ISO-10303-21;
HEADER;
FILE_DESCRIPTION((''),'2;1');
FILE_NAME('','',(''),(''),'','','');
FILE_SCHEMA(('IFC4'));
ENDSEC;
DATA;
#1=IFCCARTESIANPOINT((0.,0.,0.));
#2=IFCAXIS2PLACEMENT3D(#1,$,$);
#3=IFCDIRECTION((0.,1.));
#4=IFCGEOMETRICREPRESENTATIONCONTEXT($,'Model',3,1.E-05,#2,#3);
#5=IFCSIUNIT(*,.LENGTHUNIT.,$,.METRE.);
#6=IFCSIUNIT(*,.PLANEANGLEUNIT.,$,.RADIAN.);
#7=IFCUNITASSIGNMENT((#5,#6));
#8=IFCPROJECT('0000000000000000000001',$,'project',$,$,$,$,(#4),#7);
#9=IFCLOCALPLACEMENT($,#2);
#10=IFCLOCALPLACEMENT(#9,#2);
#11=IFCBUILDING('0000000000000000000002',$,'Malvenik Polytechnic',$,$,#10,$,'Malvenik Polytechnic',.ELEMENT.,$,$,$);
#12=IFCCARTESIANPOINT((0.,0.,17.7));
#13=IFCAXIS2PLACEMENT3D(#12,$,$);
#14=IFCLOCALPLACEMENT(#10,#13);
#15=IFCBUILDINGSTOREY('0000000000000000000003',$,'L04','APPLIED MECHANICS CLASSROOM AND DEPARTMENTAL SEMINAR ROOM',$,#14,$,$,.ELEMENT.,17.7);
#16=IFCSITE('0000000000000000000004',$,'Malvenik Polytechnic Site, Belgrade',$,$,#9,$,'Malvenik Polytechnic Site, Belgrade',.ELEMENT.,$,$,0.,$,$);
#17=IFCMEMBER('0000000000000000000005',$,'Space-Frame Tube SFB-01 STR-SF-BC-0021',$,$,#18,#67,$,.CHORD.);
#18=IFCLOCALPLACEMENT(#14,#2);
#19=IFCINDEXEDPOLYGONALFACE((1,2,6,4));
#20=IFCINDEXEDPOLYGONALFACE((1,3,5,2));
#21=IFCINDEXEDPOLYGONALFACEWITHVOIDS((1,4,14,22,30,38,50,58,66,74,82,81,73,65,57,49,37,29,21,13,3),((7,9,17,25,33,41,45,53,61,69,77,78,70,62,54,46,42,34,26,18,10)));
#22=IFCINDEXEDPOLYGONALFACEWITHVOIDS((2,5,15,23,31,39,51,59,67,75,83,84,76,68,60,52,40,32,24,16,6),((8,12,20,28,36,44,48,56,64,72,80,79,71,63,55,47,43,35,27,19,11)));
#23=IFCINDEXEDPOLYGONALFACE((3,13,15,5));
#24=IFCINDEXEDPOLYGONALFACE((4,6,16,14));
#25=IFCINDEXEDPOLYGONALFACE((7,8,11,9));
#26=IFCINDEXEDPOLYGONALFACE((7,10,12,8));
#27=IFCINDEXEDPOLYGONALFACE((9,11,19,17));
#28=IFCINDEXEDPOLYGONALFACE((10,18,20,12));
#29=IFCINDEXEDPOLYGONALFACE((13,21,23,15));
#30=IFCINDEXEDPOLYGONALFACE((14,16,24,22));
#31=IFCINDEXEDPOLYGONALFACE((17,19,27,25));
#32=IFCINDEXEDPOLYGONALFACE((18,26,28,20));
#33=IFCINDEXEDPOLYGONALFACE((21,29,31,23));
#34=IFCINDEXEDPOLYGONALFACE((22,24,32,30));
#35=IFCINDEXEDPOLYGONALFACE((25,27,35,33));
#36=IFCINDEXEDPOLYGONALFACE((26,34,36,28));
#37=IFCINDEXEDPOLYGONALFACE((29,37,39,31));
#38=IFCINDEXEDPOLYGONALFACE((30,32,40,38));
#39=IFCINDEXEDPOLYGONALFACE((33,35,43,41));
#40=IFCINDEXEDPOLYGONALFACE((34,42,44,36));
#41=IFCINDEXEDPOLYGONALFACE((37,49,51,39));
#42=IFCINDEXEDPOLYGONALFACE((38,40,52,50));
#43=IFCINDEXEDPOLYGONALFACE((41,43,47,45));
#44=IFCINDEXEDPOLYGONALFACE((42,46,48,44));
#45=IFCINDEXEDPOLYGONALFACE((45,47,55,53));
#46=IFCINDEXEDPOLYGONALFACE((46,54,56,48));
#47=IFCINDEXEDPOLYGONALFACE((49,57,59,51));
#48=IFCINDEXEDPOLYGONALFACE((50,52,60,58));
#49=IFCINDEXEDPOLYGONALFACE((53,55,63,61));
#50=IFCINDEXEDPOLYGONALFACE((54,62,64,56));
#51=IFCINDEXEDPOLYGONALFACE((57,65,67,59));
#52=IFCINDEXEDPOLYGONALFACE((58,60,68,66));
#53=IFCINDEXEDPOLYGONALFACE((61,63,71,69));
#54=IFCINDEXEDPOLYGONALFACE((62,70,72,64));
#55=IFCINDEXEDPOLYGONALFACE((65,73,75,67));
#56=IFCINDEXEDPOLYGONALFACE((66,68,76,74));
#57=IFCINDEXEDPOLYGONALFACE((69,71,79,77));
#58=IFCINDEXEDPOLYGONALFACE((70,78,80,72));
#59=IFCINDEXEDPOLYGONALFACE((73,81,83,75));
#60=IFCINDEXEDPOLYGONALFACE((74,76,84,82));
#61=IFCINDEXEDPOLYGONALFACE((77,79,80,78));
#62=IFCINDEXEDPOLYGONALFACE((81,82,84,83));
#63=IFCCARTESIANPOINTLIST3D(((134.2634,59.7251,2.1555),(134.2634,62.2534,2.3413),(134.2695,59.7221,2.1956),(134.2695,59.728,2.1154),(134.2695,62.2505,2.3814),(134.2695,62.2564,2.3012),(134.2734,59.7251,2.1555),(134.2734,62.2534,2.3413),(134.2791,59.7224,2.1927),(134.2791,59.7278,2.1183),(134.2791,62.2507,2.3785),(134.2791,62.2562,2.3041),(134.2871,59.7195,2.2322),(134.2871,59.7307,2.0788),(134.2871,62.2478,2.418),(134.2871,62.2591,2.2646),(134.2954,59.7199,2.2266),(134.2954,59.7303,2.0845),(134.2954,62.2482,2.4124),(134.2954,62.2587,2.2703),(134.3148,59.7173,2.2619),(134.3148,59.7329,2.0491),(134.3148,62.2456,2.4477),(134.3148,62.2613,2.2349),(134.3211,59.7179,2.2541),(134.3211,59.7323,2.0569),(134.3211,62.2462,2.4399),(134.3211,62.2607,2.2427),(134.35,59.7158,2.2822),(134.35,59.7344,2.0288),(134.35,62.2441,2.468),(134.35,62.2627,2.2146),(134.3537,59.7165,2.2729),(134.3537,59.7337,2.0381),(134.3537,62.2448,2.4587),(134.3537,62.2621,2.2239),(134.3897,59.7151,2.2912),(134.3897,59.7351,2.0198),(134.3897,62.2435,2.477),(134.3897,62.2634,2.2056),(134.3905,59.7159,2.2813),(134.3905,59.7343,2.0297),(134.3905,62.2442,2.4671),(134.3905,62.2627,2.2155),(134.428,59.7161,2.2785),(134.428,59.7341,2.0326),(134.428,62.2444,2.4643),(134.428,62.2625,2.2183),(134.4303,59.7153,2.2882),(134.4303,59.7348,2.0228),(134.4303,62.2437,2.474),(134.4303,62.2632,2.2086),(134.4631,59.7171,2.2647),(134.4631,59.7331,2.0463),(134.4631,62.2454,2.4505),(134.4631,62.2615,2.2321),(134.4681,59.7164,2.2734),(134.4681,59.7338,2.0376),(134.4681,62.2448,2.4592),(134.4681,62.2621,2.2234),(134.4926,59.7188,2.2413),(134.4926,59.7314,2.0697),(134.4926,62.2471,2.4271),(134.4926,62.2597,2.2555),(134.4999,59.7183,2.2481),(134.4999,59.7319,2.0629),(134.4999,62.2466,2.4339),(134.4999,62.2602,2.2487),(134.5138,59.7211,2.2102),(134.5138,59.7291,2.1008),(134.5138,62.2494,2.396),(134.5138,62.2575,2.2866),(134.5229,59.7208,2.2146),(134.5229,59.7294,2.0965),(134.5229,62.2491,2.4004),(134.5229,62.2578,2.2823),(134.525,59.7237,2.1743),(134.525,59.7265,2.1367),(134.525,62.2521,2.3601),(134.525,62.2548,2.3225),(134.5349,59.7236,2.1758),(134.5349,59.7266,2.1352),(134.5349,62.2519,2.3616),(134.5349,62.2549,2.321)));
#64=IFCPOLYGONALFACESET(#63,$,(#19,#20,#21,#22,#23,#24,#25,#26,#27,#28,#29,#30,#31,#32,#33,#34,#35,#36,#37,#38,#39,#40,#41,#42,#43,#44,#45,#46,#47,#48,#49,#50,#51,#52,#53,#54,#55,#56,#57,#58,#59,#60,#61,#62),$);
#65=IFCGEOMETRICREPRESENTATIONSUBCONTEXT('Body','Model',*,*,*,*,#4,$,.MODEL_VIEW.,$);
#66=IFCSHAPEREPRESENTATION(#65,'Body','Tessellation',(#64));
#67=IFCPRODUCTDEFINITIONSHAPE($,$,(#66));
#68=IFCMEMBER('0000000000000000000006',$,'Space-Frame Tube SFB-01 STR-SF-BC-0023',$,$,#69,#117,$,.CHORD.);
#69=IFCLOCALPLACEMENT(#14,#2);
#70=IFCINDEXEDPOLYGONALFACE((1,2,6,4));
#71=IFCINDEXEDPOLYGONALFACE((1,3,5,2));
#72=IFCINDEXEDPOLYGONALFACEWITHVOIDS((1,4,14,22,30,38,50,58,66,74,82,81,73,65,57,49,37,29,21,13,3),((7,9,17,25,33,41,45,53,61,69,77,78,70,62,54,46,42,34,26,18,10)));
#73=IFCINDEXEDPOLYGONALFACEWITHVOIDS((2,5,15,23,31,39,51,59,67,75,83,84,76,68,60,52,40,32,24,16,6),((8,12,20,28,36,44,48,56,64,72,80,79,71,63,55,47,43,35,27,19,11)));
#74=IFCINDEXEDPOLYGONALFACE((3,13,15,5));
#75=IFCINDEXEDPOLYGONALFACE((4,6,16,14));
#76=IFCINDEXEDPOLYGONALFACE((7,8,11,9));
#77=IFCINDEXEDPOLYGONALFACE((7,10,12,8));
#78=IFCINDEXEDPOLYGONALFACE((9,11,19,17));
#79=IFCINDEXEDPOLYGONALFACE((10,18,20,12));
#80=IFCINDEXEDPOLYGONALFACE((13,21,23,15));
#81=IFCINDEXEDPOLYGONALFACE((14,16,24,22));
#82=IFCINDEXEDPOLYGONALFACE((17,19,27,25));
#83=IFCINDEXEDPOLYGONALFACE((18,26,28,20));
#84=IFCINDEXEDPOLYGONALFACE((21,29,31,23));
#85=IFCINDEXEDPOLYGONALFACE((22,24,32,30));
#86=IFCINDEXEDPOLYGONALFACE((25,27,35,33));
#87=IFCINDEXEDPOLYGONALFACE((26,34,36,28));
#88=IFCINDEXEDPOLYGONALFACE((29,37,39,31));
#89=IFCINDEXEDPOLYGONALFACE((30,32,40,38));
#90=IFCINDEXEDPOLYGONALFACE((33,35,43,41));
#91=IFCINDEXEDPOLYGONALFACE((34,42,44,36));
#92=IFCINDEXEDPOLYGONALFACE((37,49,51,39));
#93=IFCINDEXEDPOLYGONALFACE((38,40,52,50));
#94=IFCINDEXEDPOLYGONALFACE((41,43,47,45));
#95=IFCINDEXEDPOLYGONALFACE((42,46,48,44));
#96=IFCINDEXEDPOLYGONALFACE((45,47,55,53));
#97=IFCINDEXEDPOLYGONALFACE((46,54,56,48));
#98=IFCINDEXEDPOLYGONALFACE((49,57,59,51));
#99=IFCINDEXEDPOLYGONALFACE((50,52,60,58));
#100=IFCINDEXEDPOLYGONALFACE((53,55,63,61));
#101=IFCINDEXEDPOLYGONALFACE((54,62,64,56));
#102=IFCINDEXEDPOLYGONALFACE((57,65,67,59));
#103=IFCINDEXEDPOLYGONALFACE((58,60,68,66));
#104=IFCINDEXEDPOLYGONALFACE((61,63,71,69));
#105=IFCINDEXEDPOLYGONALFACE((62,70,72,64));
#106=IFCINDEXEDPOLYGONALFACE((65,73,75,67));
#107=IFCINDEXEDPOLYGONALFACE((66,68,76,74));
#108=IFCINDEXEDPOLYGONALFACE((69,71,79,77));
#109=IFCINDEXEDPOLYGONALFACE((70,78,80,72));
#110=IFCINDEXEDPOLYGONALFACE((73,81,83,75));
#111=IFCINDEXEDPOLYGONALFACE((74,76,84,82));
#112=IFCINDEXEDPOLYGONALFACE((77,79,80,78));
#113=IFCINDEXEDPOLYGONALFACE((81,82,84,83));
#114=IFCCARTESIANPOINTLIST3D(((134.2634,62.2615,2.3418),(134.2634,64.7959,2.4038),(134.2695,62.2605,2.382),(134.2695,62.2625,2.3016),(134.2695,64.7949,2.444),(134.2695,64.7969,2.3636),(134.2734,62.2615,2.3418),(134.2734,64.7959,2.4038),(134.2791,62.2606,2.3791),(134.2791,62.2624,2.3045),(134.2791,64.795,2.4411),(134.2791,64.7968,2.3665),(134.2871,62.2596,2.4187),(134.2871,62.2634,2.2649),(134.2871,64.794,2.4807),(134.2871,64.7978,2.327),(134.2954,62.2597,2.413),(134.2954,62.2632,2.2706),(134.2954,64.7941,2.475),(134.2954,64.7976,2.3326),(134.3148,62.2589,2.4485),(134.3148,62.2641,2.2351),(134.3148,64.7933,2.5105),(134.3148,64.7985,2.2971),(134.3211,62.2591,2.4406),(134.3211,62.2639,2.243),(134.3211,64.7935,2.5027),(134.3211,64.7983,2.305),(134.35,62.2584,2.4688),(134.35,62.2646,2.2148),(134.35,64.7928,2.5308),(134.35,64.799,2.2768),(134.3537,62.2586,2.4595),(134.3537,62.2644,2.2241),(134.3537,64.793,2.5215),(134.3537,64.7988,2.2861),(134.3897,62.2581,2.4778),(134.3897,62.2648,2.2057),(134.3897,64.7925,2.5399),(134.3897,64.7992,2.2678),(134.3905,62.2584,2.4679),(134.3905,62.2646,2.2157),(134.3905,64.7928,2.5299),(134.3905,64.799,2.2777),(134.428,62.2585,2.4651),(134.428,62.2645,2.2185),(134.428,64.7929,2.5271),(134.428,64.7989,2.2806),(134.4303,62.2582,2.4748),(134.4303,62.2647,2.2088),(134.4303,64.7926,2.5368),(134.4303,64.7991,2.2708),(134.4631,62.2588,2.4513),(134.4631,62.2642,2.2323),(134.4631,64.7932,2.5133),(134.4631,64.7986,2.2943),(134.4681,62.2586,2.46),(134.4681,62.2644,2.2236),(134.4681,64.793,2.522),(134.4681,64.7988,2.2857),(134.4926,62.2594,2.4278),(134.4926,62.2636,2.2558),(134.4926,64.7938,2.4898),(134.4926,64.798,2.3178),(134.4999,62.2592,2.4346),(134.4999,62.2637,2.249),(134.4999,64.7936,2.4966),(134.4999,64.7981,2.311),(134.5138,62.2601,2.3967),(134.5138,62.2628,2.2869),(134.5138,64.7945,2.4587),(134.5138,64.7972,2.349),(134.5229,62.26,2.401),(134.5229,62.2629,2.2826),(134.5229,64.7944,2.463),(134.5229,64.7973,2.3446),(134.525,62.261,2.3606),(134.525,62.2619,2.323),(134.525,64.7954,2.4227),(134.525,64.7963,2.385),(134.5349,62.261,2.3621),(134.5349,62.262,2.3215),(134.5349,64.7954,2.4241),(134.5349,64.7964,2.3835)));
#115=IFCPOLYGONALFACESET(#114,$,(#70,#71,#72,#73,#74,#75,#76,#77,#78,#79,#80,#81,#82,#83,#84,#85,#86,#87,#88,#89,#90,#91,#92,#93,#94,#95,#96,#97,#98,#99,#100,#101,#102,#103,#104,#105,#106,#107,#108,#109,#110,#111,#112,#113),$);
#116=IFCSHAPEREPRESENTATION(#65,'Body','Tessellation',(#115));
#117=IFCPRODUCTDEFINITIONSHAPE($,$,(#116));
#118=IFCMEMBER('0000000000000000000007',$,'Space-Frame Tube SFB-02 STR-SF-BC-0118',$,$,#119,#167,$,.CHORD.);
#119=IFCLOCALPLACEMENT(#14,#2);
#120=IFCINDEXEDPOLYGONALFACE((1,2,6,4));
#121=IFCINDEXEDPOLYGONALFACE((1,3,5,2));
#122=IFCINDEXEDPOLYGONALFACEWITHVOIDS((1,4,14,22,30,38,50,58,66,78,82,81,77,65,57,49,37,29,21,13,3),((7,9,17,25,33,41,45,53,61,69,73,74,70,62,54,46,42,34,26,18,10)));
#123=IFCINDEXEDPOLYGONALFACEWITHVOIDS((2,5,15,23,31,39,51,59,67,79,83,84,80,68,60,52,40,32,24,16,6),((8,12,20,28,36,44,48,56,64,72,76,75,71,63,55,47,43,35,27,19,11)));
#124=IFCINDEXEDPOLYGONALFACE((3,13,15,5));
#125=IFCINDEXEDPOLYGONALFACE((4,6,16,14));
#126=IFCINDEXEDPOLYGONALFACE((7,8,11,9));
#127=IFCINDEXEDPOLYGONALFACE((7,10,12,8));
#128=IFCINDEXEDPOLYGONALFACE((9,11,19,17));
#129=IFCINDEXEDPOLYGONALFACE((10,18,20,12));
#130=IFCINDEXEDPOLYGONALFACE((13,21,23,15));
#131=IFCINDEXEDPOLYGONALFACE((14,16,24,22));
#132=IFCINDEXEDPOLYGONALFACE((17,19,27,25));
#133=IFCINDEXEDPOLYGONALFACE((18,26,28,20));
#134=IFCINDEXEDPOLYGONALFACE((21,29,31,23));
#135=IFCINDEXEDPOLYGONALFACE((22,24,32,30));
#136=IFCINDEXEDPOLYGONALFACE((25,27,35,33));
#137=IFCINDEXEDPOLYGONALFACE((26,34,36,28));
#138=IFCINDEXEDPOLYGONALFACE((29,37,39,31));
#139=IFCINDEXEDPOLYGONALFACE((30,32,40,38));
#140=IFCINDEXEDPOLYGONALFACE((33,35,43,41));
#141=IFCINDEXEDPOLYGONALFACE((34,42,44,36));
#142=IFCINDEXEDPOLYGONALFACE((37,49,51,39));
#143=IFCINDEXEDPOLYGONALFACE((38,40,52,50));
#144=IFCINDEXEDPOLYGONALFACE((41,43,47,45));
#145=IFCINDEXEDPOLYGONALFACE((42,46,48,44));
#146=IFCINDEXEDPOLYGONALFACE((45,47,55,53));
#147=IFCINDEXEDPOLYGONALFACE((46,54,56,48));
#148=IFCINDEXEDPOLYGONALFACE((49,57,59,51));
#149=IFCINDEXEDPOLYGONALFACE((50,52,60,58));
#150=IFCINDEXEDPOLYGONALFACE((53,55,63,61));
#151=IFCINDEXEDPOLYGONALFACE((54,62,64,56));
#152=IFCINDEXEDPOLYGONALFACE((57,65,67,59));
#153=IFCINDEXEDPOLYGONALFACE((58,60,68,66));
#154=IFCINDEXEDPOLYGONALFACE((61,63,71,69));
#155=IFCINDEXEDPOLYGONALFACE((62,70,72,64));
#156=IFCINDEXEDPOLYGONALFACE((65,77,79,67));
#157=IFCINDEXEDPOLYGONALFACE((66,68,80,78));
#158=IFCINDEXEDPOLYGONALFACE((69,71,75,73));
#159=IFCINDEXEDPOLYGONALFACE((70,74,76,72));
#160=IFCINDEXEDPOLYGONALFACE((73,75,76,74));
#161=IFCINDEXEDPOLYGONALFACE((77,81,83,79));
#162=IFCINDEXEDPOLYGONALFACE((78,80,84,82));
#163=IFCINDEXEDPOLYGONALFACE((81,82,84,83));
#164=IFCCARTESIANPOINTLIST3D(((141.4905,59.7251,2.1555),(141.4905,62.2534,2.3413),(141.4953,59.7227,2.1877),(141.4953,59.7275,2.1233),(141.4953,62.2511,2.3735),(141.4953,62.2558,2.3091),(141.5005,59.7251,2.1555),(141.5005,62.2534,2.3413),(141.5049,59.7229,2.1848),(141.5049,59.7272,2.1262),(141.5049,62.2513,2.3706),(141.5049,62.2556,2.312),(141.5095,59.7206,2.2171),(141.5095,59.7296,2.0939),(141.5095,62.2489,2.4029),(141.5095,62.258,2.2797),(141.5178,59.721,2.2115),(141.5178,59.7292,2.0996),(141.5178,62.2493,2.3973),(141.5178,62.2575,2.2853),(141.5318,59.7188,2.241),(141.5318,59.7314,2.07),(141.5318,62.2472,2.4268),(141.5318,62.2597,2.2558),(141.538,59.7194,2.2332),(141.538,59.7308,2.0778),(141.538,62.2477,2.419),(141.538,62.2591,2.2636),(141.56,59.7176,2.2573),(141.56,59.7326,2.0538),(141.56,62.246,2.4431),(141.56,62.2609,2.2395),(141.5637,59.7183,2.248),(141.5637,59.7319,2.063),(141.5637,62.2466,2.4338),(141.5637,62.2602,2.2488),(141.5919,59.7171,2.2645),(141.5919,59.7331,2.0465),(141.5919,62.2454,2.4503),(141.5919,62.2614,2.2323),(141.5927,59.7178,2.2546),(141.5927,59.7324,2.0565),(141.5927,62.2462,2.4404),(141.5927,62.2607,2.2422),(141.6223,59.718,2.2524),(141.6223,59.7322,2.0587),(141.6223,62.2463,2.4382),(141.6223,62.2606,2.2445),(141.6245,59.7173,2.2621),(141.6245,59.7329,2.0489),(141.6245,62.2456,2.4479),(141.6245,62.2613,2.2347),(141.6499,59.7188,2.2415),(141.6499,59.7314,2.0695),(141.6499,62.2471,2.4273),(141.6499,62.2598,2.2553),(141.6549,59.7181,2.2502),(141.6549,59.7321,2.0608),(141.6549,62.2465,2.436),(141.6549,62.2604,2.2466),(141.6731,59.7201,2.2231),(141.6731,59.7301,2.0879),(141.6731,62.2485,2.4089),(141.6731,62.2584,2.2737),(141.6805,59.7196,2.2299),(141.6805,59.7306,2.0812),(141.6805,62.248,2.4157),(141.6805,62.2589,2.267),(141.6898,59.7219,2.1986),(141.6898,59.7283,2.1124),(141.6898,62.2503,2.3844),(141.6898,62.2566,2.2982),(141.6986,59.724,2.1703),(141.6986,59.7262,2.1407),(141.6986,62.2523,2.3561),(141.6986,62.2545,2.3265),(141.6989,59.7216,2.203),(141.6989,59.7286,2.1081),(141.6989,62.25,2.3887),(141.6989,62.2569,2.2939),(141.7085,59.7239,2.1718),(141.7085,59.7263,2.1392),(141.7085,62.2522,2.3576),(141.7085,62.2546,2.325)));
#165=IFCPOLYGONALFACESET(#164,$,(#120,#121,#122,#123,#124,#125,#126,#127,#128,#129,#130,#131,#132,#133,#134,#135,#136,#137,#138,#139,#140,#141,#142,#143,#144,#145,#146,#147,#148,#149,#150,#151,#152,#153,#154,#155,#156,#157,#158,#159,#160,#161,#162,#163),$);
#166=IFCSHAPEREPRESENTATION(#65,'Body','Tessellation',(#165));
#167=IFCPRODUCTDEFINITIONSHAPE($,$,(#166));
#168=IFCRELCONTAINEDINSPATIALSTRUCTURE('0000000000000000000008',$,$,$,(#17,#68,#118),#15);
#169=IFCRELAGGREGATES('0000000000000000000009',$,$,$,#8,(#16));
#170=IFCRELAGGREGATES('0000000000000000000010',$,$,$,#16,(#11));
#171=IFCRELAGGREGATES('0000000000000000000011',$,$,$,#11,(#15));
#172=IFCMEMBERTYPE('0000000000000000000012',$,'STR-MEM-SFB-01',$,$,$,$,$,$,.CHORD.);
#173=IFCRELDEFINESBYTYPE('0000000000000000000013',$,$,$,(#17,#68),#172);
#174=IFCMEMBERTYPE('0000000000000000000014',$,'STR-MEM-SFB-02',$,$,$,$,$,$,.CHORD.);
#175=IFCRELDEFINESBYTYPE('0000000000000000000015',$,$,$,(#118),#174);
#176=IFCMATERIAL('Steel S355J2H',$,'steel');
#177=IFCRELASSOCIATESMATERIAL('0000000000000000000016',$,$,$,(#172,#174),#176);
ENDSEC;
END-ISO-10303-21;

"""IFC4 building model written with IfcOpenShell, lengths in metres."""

from ifc_helpers import new_model, si_unit, direction, frame, origin, origin_2d, place, context, subcontext, project, spatial, hollow_circle, extrude, material, material_profile, profile_set, type_object, element, save


model = new_model("IFC4")

# Units and contexts
model_context = context("Model", 3, precision=1e-05, world=origin(), true_north=direction((0.0, 1.0)))
body_context = subcontext(model_context, "Body", "Model", "MODEL_VIEW")
ifc_project = project(units=[si_unit("LENGTHUNIT", "METRE"), si_unit("PLANEANGLEUNIT", "RADIAN")], contexts=[model_context])

# Site, building, storey
site_placement = place(None, origin())
site = spatial("IfcSite", under=ifc_project, at=site_placement, Name="Malvenik Polytechnic Site, Belgrade", LongName="Malvenik Polytechnic Site, Belgrade", CompositionType="ELEMENT", RefElevation=0.0)
building_placement = place(site_placement, origin())
building = spatial("IfcBuilding", under=site, at=building_placement, Name="Malvenik Polytechnic", LongName="Malvenik Polytechnic", CompositionType="ELEMENT")
storey_placement = place(building_placement, frame((0.0, 0.0, 17.7)))
storey = spatial("IfcBuildingStorey", under=building, at=storey_placement, Name="L04", Description="APPLIED MECHANICS CLASSROOM AND DEPARTMENTAL SEMINAR ROOM", CompositionType="ELEMENT", Elevation=17.7)

# Members
ifc_material = material(Name="Steel S355J2H", Category="steel")
ifc_material_profile_1 = material_profile(ifc_material, hollow_circle(Radius=0.1365, WallThickness=0.01, at=origin_2d()), Name="CHS 273.0x10.0")
ifc_profile_set_1 = profile_set([ifc_material_profile_1], Name="Steel S355J2H")
member_type_1 = type_object("IfcMemberType", Name="STR-MEM-SFB-01", PredefinedType="CHORD", material=ifc_profile_set_1)
for number, where, z_axis, x_axis, name in (
    (1, (134.3999, 59.7251, 2.1555), (0.0, 0.997311, 0.073286), (-1.0, 0.0, 0.0), "Space-Frame Tube SFB-01 STR-SF-BC-0021"),
    (2, (134.3999, 62.2615, 2.3418), (0.0, 0.999701, 0.02446), (-1.0, 0.0, 0.0), "Space-Frame Tube SFB-01 STR-SF-BC-0023"),
):
    element("IfcMember", number, at=place(storey_placement, frame(where, z_axis=z_axis, x_axis=x_axis)), inside=storey, type_object=member_type_1, Name=name, PredefinedType="CHORD", context=body_context, shape_type="SweptSolid", body=[
        extrude(hollow_circle(Radius=0.1365, WallThickness=0.01, at=origin_2d()), origin(), (0.0, 0.0, 1.0), 2.5352),
    ])
ifc_material_profile_2 = material_profile(ifc_material, hollow_circle(Radius=0.1096, WallThickness=0.01, at=origin_2d()), Name="CHS 219.1x10.0")
ifc_profile_set_2 = profile_set([ifc_material_profile_2], Name="Steel S355J2H")
member_type_2 = type_object("IfcMemberType", Name="STR-MEM-SFB-02", PredefinedType="CHORD", material=ifc_profile_set_2)
for number, where, z_axis, x_axis, name in (
    (3, (141.6001, 59.7251, 2.1555), (0.0, 0.997311, 0.073286), (-1.0, 0.0, 0.0), "Space-Frame Tube SFB-02 STR-SF-BC-0118"),
):
    element("IfcMember", number, at=place(storey_placement, frame(where, z_axis=z_axis, x_axis=x_axis)), inside=storey, type_object=member_type_2, Name=name, PredefinedType="CHORD", context=body_context, shape_type="SweptSolid", body=[
        extrude(hollow_circle(Radius=0.1096, WallThickness=0.01, at=origin_2d()), origin(), (0.0, 0.0, 1.0), 2.5352),
    ])

save(model, "model.ifc")
